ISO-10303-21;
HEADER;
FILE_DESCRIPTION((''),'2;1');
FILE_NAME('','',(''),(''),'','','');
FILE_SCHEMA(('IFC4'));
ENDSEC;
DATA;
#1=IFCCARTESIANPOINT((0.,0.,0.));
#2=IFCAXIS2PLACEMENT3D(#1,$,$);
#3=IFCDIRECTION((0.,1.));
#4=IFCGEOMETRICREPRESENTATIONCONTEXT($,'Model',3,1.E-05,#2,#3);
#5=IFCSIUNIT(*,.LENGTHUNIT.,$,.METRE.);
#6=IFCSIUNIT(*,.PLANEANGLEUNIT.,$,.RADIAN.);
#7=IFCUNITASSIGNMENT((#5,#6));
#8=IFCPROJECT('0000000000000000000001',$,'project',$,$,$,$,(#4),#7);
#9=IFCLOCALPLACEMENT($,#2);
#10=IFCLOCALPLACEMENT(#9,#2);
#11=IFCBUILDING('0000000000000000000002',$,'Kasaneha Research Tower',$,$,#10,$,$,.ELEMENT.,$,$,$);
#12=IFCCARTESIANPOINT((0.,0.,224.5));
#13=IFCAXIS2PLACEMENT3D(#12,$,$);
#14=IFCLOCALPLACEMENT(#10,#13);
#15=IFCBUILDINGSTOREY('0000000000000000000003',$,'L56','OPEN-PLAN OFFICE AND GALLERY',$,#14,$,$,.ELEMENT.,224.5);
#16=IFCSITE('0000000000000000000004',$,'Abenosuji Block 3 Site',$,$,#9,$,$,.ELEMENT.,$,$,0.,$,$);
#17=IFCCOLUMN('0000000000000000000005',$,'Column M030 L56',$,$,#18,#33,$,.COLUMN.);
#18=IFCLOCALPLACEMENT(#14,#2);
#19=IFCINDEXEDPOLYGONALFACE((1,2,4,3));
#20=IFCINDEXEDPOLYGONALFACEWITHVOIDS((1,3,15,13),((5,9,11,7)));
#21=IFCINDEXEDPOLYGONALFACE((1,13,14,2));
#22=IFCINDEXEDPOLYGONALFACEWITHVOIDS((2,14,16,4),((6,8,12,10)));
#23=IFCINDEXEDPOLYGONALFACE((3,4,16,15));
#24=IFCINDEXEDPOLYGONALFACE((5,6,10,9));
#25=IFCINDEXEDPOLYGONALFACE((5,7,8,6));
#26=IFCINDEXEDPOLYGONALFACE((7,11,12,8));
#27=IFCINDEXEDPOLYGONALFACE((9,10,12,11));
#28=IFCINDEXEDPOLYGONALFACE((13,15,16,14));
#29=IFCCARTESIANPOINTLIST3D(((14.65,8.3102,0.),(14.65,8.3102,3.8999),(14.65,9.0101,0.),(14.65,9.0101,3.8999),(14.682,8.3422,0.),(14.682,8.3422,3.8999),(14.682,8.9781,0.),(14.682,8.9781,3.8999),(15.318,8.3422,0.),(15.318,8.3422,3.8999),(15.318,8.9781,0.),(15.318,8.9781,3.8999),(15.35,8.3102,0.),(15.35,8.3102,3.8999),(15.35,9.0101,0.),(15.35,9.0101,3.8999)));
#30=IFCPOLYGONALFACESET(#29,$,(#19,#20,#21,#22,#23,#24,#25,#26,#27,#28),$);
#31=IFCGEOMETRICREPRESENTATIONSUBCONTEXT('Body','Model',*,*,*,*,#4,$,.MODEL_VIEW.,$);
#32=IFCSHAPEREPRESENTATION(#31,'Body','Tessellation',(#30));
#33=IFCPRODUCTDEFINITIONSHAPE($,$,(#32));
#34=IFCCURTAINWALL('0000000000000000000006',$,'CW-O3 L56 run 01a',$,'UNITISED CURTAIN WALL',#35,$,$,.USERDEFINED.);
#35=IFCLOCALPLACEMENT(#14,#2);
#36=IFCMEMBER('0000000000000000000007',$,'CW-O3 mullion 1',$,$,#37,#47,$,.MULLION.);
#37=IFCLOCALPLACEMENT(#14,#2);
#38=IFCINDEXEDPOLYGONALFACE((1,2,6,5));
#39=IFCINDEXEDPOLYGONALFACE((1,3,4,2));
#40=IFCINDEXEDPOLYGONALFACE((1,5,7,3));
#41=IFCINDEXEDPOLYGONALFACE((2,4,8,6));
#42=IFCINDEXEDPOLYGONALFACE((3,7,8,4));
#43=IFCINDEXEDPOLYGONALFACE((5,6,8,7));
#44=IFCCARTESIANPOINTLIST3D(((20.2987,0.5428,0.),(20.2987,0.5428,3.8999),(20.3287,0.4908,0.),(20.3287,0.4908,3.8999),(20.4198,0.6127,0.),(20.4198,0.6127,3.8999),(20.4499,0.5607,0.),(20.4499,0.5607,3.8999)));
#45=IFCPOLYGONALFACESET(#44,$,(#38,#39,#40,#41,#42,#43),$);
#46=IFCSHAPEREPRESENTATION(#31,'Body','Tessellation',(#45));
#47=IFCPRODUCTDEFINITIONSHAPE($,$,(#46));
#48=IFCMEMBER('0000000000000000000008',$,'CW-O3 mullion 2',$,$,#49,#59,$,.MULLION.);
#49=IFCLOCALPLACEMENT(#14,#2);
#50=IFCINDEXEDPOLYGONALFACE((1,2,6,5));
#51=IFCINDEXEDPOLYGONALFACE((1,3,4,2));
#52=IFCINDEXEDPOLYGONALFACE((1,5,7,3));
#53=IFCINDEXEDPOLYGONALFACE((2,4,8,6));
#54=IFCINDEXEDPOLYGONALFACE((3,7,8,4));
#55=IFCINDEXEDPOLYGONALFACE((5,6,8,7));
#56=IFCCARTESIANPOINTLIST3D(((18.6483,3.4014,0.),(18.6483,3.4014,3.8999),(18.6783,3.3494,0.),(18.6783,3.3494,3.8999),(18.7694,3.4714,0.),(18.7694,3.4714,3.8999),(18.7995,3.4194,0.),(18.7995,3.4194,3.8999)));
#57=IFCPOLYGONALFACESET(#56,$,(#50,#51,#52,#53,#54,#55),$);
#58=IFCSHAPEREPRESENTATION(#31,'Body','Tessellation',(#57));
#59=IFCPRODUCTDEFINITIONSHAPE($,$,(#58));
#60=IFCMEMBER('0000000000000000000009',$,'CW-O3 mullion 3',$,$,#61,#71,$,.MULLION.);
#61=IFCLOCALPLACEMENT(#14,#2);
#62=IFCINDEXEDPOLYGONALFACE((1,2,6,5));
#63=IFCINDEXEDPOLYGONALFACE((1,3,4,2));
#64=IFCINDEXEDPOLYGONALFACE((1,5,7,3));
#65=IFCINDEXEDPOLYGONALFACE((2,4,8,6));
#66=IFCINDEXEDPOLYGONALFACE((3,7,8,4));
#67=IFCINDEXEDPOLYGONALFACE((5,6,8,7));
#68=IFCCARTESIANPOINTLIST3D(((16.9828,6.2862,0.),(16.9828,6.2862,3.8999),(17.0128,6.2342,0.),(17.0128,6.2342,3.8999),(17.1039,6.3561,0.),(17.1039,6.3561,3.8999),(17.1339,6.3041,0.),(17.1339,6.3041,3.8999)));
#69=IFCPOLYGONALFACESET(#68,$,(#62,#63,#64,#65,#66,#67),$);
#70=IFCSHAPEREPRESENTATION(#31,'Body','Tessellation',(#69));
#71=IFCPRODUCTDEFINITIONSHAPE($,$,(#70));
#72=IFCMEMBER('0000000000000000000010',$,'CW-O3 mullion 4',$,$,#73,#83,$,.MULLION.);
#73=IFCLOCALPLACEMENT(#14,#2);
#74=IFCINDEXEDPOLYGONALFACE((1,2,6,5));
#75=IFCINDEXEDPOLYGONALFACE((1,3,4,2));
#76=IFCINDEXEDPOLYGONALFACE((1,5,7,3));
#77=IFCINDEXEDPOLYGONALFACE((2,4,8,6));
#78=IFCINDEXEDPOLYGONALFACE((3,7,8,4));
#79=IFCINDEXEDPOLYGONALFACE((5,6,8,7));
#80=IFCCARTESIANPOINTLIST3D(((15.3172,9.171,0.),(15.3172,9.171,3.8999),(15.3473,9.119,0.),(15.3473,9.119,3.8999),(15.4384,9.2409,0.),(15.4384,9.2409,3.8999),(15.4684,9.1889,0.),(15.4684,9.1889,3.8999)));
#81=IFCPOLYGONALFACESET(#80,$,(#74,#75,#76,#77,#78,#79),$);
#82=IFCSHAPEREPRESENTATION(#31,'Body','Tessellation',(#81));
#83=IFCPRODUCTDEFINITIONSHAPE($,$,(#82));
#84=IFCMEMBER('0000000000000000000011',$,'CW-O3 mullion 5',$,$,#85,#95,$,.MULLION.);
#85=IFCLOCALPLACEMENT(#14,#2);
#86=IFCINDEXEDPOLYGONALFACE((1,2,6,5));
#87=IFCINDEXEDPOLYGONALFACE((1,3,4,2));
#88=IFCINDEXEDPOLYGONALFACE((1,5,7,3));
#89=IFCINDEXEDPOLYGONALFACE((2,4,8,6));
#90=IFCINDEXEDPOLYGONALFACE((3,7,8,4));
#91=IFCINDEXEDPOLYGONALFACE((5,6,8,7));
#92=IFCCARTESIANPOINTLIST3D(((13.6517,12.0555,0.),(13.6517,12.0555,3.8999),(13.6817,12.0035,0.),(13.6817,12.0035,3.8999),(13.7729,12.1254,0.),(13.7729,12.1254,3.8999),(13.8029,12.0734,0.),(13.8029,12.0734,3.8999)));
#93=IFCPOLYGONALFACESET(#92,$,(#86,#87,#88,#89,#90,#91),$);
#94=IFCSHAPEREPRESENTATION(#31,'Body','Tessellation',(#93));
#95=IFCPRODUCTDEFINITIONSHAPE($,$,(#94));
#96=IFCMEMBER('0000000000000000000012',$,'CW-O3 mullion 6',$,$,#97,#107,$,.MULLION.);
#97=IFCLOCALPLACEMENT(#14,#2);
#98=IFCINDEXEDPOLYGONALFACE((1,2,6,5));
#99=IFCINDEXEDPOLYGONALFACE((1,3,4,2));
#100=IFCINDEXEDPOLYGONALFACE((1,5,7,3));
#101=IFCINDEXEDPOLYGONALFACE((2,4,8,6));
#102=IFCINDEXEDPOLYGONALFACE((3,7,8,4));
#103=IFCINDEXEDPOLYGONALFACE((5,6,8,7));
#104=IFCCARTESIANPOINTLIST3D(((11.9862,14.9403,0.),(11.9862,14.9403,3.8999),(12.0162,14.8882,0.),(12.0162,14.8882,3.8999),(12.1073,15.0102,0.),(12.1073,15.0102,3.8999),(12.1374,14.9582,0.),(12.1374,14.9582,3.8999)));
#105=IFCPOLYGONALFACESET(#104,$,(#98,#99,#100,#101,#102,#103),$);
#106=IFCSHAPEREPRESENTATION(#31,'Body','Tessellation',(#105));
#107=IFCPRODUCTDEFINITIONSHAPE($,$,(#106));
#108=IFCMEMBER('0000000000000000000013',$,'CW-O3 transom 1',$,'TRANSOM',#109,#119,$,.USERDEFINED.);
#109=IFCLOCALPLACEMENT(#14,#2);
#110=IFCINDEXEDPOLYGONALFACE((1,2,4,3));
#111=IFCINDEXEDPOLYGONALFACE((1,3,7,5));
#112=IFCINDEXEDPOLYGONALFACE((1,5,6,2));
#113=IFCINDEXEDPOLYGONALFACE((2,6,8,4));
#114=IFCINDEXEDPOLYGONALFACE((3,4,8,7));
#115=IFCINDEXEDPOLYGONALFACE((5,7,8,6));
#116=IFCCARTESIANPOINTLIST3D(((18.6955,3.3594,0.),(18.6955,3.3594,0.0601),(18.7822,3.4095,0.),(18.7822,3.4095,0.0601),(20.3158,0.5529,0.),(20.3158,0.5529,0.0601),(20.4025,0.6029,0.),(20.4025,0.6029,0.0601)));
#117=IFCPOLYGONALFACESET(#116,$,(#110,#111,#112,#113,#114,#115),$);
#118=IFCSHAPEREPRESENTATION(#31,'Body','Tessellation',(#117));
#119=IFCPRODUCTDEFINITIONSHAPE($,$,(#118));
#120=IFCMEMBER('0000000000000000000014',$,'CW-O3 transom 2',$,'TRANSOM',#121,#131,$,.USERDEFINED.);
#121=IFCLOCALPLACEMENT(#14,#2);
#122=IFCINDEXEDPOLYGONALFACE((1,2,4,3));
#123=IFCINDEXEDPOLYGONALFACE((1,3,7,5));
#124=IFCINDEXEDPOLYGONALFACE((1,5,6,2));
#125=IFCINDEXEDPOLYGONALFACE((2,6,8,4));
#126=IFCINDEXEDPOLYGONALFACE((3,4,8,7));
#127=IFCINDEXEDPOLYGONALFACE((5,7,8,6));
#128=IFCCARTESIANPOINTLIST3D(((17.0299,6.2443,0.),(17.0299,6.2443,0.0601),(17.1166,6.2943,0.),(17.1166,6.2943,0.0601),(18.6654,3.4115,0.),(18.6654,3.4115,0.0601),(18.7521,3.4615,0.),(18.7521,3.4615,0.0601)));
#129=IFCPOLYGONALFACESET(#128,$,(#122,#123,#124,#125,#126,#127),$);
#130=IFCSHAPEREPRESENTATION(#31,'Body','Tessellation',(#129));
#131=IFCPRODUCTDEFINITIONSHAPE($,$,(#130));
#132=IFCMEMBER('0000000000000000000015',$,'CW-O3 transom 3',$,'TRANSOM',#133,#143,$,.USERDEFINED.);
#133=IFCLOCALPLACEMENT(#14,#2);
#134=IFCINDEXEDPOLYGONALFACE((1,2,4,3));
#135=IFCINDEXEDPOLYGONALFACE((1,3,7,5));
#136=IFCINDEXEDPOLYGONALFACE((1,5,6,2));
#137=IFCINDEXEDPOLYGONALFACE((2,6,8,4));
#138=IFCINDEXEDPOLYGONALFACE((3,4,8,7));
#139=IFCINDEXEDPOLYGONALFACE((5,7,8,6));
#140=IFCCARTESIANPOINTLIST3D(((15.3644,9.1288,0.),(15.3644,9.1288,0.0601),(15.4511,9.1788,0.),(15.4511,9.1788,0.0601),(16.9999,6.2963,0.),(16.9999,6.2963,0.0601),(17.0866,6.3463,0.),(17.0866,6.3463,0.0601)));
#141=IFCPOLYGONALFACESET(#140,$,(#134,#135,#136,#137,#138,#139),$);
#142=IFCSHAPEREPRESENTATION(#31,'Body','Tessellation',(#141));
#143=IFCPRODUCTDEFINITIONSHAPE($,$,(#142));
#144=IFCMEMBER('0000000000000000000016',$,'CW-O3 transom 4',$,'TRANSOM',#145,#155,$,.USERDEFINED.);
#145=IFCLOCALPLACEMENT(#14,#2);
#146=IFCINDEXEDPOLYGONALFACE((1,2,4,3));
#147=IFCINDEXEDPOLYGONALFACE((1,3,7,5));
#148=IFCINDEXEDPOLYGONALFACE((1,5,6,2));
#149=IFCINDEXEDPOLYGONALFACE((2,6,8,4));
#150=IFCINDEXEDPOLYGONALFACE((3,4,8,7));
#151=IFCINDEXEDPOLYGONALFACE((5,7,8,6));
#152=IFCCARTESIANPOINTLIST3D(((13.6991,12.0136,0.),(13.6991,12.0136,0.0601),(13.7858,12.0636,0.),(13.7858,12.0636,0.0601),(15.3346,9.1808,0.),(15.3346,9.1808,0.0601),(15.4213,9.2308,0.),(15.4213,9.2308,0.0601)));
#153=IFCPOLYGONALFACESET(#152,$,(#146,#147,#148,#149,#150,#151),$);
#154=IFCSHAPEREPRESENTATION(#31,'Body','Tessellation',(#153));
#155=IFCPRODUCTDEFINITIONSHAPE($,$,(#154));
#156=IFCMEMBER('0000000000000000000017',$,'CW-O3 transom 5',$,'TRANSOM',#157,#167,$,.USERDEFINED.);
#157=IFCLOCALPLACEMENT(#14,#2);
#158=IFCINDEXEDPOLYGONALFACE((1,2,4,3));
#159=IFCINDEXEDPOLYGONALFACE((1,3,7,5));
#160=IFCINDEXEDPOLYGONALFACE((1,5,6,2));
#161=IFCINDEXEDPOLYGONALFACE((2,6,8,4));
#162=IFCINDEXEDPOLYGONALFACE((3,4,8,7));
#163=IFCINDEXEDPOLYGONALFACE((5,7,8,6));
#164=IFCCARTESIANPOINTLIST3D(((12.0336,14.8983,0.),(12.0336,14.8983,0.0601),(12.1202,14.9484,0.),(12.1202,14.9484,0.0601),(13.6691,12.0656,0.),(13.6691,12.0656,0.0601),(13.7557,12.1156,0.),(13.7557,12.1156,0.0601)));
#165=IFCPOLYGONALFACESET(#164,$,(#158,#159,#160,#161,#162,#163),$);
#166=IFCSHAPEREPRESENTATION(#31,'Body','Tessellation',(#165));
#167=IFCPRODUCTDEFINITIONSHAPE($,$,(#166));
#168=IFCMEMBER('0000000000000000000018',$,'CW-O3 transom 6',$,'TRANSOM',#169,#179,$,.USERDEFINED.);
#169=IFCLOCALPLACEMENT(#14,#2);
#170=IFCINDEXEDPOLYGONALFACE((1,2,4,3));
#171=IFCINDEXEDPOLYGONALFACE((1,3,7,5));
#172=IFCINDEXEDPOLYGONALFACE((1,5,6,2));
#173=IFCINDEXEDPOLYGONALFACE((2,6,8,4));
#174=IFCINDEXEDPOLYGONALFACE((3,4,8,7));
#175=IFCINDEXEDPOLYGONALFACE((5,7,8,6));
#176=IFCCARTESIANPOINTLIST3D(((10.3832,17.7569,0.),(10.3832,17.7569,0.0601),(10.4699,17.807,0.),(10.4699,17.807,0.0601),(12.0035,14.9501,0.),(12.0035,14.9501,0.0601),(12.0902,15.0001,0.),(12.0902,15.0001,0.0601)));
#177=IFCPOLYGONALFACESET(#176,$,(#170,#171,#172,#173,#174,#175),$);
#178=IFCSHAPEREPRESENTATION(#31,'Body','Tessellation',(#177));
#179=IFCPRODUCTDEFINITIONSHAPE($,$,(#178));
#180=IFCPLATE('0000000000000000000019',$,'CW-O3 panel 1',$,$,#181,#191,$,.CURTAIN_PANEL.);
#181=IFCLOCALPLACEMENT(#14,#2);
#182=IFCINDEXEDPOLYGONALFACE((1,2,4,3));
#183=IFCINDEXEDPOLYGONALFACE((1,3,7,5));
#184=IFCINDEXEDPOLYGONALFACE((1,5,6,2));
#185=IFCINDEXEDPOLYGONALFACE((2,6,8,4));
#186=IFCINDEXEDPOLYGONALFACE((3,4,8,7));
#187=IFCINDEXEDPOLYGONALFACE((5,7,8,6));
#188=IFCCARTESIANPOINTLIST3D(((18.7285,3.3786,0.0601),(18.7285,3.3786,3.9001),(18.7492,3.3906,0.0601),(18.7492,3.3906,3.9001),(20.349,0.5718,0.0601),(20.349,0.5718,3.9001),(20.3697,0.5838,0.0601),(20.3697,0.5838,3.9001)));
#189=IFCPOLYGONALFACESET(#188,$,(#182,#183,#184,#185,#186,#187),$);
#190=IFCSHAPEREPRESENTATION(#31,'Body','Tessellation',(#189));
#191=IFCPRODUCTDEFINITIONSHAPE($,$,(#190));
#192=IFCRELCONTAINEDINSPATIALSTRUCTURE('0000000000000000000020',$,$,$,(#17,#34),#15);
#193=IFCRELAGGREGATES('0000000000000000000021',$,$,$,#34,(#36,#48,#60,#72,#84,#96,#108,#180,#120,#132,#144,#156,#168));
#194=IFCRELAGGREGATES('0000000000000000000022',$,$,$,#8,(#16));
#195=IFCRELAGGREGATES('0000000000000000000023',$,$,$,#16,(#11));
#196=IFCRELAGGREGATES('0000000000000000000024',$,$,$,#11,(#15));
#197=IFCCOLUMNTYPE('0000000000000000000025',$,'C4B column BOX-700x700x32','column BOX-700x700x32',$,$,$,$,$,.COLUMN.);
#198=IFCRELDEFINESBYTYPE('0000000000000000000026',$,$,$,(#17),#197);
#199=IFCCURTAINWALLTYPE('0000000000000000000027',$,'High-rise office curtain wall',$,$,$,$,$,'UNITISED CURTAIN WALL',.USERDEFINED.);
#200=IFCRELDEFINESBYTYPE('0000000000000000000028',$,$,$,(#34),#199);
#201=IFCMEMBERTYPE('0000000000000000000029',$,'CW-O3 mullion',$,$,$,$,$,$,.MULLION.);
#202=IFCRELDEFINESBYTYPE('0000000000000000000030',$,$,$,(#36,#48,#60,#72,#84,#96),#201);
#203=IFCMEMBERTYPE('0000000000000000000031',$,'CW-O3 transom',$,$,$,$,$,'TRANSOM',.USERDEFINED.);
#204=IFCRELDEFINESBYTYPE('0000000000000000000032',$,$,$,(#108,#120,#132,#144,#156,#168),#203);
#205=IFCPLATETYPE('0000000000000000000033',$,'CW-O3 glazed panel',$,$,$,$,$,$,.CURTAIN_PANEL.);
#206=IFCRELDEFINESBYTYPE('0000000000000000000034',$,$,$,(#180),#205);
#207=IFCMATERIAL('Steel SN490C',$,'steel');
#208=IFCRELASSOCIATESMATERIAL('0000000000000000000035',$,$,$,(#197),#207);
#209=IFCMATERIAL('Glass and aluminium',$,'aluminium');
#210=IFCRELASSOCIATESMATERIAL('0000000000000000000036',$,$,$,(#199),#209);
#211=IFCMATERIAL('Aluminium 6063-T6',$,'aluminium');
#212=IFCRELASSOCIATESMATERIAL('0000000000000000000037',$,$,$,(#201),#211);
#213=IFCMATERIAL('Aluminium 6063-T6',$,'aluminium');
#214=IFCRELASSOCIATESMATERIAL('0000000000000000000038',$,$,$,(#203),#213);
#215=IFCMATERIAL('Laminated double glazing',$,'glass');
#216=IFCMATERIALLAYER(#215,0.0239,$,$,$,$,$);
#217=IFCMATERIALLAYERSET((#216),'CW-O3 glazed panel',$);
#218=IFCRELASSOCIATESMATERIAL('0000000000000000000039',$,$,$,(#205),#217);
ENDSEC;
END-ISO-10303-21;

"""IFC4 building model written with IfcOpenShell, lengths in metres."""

from ifc_helpers import new_model, si_unit, direction, frame, origin, origin_2d, place, context, subcontext, project, spatial, rectangle, hollow_rectangle, extrude, material, layer, layer_set, material_profile, profile_set, type_object, element, aggregate, save


model = new_model("IFC4")

# Units and contexts
model_context = context("Model", 3, precision=1e-05, world=origin(), true_north=direction((0.0, 1.0)))
body_context = subcontext(model_context, "Body", "Model", "MODEL_VIEW")
ifc_project = project(units=[si_unit("LENGTHUNIT", "METRE"), si_unit("PLANEANGLEUNIT", "RADIAN")], contexts=[model_context])

# Site, building, storey
site_placement = place(None, origin())
site = spatial("IfcSite", under=ifc_project, at=site_placement, Name="Abenosuji Block 3 Site", CompositionType="ELEMENT", RefElevation=0.0)
building_placement = place(site_placement, origin())
building = spatial("IfcBuilding", under=site, at=building_placement, Name="Kasaneha Research Tower", CompositionType="ELEMENT")
storey_placement = place(building_placement, frame((0.0, 0.0, 224.5)))
storey = spatial("IfcBuildingStorey", under=building, at=storey_placement, Name="L56", Description="OPEN-PLAN OFFICE AND GALLERY", CompositionType="ELEMENT", Elevation=224.5)

# Column
ifc_material_1 = material(Name="Steel SN490C", Category="steel")
ifc_material_profile_1 = material_profile(ifc_material_1, hollow_rectangle(XDim=0.7, YDim=0.7, WallThickness=0.032, at=origin_2d()), Name="BOX-700x700x32")
ifc_profile_set_1 = profile_set([ifc_material_profile_1], Name="Steel SN490C")
column_type = type_object("IfcColumnType", Name="C4B column BOX-700x700x32", Description="column BOX-700x700x32", PredefinedType="COLUMN", material=ifc_profile_set_1)
column_placement = place(storey_placement, frame((15.0, 8.6602, 0.0), z_axis=(0.0, 0.0, 1.0), x_axis=(1.0, 0.0, 0.0)))
element("IfcColumn", 1, at=column_placement, inside=storey, type_object=column_type, Name="Column M030 L56", PredefinedType="COLUMN", context=body_context, shape_type="SweptSolid", body=[
    extrude(hollow_rectangle(XDim=0.7, YDim=0.7, WallThickness=0.032, at=origin_2d()), origin(), (0.0, 0.0, 1.0), 3.8999),
])

# Curtain wall, members, plate
ifc_material_2 = material(Name="Glass and aluminium", Category="aluminium")
curtain_wall_type = type_object("IfcCurtainWallType", Name="High-rise office curtain wall", ElementType="UNITISED CURTAIN WALL", PredefinedType="USERDEFINED", material=ifc_material_2)
curtain_wall_placement = place(storey_placement, origin())
curtain_wall = element("IfcCurtainWall", 2, at=curtain_wall_placement, inside=storey, type_object=curtain_wall_type, Name="CW-O3 L56 run 01a", ObjectType="UNITISED CURTAIN WALL", PredefinedType="USERDEFINED")
ifc_material_3 = material(Name="Aluminium 6063-T6", Category="aluminium")
ifc_material_profile_2 = material_profile(ifc_material_3, rectangle(XDim=0.0601, YDim=0.1399, at=origin_2d()), Name="CW-O3 mullion 60x140")
ifc_profile_set_2 = profile_set([ifc_material_profile_2], Name="Aluminium 6063-T6")
member_type_1 = type_object("IfcMemberType", Name="CW-O3 mullion", PredefinedType="MULLION", material=ifc_profile_set_2)
member_1_placement = place(storey_placement, frame((20.3743, 0.5518, 0.0), z_axis=(0.0, 0.0, 1.0), x_axis=(-0.5, 0.866025, 0.0)))
member_1 = element("IfcMember", 3, at=member_1_placement, type_object=member_type_1, Name="CW-O3 mullion 1", PredefinedType="MULLION", context=body_context, shape_type="SweptSolid", body=[
    extrude(rectangle(XDim=0.0601, YDim=0.1399, at=origin_2d()), origin(), (0.0, 0.0, 1.0), 3.8999),
])
member_2_placement = place(storey_placement, frame((18.7239, 3.4104, 0.0), z_axis=(0.0, 0.0, 1.0), x_axis=(-0.5, 0.866025, 0.0)))
member_2 = element("IfcMember", 4, at=member_2_placement, type_object=member_type_1, Name="CW-O3 mullion 2", PredefinedType="MULLION", context=body_context, shape_type="SweptSolid", body=[
    extrude(rectangle(XDim=0.0601, YDim=0.1399, at=origin_2d()), origin(), (0.0, 0.0, 1.0), 3.8999),
])
member_3_placement = place(storey_placement, frame((17.0583, 6.2952, 0.0), z_axis=(0.0, 0.0, 1.0), x_axis=(-0.5, 0.866025, 0.0)))
member_3 = element("IfcMember", 5, at=member_3_placement, type_object=member_type_1, Name="CW-O3 mullion 3", PredefinedType="MULLION", context=body_context, shape_type="SweptSolid", body=[
    extrude(rectangle(XDim=0.0601, YDim=0.1399, at=origin_2d()), origin(), (0.0, 0.0, 1.0), 3.8999),
])
member_4_placement = place(storey_placement, frame((15.3928, 9.1799, 0.0), z_axis=(0.0, 0.0, 1.0), x_axis=(-0.5, 0.866025, 0.0)))
member_4 = element("IfcMember", 6, at=member_4_placement, type_object=member_type_1, Name="CW-O3 mullion 4", PredefinedType="MULLION", context=body_context, shape_type="SweptSolid", body=[
    extrude(rectangle(XDim=0.0601, YDim=0.1399, at=origin_2d()), origin(), (0.0, 0.0, 1.0), 3.8999),
])
member_5_placement = place(storey_placement, frame((13.7273, 12.0645, 0.0), z_axis=(0.0, 0.0, 1.0), x_axis=(-0.5, 0.866025, 0.0)))
member_5 = element("IfcMember", 7, at=member_5_placement, type_object=member_type_1, Name="CW-O3 mullion 5", PredefinedType="MULLION", context=body_context, shape_type="SweptSolid", body=[
    extrude(rectangle(XDim=0.0601, YDim=0.1399, at=origin_2d()), origin(), (0.0, 0.0, 1.0), 3.8999),
])
member_6_placement = place(storey_placement, frame((12.0618, 14.9492, 0.0), z_axis=(0.0, 0.0, 1.0), x_axis=(-0.5, 0.866025, 0.0)))
member_6 = element("IfcMember", 8, at=member_6_placement, type_object=member_type_1, Name="CW-O3 mullion 6", PredefinedType="MULLION", context=body_context, shape_type="SweptSolid", body=[
    extrude(rectangle(XDim=0.0601, YDim=0.1399, at=origin_2d()), origin(), (0.0, 0.0, 1.0), 3.8999),
])
ifc_material_4 = material(Name="Aluminium 6063-T6", Category="aluminium")
ifc_material_profile_3 = material_profile(ifc_material_4, rectangle(XDim=0.1001, YDim=0.0601, at=origin_2d()), Name="CW-O3 transom 100x60")
ifc_profile_set_3 = profile_set([ifc_material_profile_3], Name="Aluminium 6063-T6")
member_type_2 = type_object("IfcMemberType", Name="CW-O3 transom", ElementType="TRANSOM", PredefinedType="USERDEFINED", material=ifc_profile_set_3)
member_7_placement = place(storey_placement, frame((20.3591, 0.5779, 0.03), z_axis=(-0.499988, 0.866033, 0.0), x_axis=(-0.866033, -0.499988, 0.0)))
member_7 = element("IfcMember", 9, at=member_7_placement, type_object=member_type_2, Name="CW-O3 transom 1", ObjectType="TRANSOM", PredefinedType="USERDEFINED", context=body_context, shape_type="SweptSolid", body=[
    extrude(rectangle(XDim=0.1001, YDim=0.0601, at=origin_2d()), origin(), (0.0, 0.0, 1.0), 3.2407),
])
member_8_placement = place(storey_placement, frame((18.7087, 3.4365, 0.03), z_axis=(-0.5, 0.866025, 0.0), x_axis=(-0.866025, -0.5, 0.0)))
member_8 = element("IfcMember", 10, at=member_8_placement, type_object=member_type_2, Name="CW-O3 transom 2", ObjectType="TRANSOM", PredefinedType="USERDEFINED", context=body_context, shape_type="SweptSolid", body=[
    extrude(rectangle(XDim=0.1001, YDim=0.0601, at=origin_2d()), origin(), (0.0, 0.0, 1.0), 3.271),
])
member_9_placement = place(storey_placement, frame((17.0432, 6.3213, 0.03), z_axis=(-0.500033, 0.866007, 0.0), x_axis=(-0.866007, -0.500033, 0.0)))
member_9 = element("IfcMember", 11, at=member_9_placement, type_object=member_type_2, Name="CW-O3 transom 3", ObjectType="TRANSOM", PredefinedType="USERDEFINED", context=body_context, shape_type="SweptSolid", body=[
    extrude(rectangle(XDim=0.1001, YDim=0.0601, at=origin_2d()), origin(), (0.0, 0.0, 1.0), 3.2708),
])
member_10_placement = place(storey_placement, frame((15.3779, 9.2058, 0.03), z_axis=(-0.5, 0.866025, 0.0), x_axis=(-0.866025, -0.5, 0.0)))
member_10 = element("IfcMember", 12, at=member_10_placement, type_object=member_type_2, Name="CW-O3 transom 4", ObjectType="TRANSOM", PredefinedType="USERDEFINED", context=body_context, shape_type="SweptSolid", body=[
    extrude(rectangle(XDim=0.1001, YDim=0.0601, at=origin_2d()), origin(), (0.0, 0.0, 1.0), 3.271),
])
member_11_placement = place(storey_placement, frame((13.7124, 12.0906, 0.03), z_axis=(-0.5, 0.866025, 0.0), x_axis=(-0.866025, -0.5, 0.0)))
member_11 = element("IfcMember", 13, at=member_11_placement, type_object=member_type_2, Name="CW-O3 transom 5", ObjectType="TRANSOM", PredefinedType="USERDEFINED", context=body_context, shape_type="SweptSolid", body=[
    extrude(rectangle(XDim=0.1001, YDim=0.0601, at=origin_2d()), origin(), (0.0, 0.0, 1.0), 3.271),
])
member_12_placement = place(storey_placement, frame((12.0469, 14.9751, 0.03), z_axis=(-0.499955, 0.866051, 0.0), x_axis=(-0.866051, -0.499955, 0.0)))
member_12 = element("IfcMember", 14, at=member_12_placement, type_object=member_type_2, Name="CW-O3 transom 6", ObjectType="TRANSOM", PredefinedType="USERDEFINED", context=body_context, shape_type="SweptSolid", body=[
    extrude(rectangle(XDim=0.1001, YDim=0.0601, at=origin_2d()), origin(), (0.0, 0.0, 1.0), 3.241),
])
ifc_material_5 = material(Name="Laminated double glazing", Category="glass")
ifc_layer_1 = layer(ifc_material_5, 0.0239)
ifc_layer_set_1 = layer_set([ifc_layer_1], Name="CW-O3 glazed panel")
plate_type = type_object("IfcPlateType", Name="CW-O3 glazed panel", PredefinedType="CURTAIN_PANEL", material=ifc_layer_set_1)
plate_1_placement = place(storey_placement, frame((19.5491, 1.9812, 0.0601), z_axis=(0.0, 0.0, 1.0), x_axis=(-0.5, 0.866025, 0.0)))
plate_1 = element("IfcPlate", 15, at=plate_1_placement, type_object=plate_type, Name="CW-O3 panel 1", PredefinedType="CURTAIN_PANEL", context=body_context, shape_type="SweptSolid", body=[
    extrude(rectangle(XDim=3.241, YDim=0.0239, at=origin_2d()), origin(), (0.0, 0.0, 1.0), 3.8401),
])
aggregate(curtain_wall, [member_1, member_2, member_3, member_4, member_5, member_6, member_7, plate_1, member_8, member_9, member_10, member_11, member_12])

save(model, "model.ifc")
